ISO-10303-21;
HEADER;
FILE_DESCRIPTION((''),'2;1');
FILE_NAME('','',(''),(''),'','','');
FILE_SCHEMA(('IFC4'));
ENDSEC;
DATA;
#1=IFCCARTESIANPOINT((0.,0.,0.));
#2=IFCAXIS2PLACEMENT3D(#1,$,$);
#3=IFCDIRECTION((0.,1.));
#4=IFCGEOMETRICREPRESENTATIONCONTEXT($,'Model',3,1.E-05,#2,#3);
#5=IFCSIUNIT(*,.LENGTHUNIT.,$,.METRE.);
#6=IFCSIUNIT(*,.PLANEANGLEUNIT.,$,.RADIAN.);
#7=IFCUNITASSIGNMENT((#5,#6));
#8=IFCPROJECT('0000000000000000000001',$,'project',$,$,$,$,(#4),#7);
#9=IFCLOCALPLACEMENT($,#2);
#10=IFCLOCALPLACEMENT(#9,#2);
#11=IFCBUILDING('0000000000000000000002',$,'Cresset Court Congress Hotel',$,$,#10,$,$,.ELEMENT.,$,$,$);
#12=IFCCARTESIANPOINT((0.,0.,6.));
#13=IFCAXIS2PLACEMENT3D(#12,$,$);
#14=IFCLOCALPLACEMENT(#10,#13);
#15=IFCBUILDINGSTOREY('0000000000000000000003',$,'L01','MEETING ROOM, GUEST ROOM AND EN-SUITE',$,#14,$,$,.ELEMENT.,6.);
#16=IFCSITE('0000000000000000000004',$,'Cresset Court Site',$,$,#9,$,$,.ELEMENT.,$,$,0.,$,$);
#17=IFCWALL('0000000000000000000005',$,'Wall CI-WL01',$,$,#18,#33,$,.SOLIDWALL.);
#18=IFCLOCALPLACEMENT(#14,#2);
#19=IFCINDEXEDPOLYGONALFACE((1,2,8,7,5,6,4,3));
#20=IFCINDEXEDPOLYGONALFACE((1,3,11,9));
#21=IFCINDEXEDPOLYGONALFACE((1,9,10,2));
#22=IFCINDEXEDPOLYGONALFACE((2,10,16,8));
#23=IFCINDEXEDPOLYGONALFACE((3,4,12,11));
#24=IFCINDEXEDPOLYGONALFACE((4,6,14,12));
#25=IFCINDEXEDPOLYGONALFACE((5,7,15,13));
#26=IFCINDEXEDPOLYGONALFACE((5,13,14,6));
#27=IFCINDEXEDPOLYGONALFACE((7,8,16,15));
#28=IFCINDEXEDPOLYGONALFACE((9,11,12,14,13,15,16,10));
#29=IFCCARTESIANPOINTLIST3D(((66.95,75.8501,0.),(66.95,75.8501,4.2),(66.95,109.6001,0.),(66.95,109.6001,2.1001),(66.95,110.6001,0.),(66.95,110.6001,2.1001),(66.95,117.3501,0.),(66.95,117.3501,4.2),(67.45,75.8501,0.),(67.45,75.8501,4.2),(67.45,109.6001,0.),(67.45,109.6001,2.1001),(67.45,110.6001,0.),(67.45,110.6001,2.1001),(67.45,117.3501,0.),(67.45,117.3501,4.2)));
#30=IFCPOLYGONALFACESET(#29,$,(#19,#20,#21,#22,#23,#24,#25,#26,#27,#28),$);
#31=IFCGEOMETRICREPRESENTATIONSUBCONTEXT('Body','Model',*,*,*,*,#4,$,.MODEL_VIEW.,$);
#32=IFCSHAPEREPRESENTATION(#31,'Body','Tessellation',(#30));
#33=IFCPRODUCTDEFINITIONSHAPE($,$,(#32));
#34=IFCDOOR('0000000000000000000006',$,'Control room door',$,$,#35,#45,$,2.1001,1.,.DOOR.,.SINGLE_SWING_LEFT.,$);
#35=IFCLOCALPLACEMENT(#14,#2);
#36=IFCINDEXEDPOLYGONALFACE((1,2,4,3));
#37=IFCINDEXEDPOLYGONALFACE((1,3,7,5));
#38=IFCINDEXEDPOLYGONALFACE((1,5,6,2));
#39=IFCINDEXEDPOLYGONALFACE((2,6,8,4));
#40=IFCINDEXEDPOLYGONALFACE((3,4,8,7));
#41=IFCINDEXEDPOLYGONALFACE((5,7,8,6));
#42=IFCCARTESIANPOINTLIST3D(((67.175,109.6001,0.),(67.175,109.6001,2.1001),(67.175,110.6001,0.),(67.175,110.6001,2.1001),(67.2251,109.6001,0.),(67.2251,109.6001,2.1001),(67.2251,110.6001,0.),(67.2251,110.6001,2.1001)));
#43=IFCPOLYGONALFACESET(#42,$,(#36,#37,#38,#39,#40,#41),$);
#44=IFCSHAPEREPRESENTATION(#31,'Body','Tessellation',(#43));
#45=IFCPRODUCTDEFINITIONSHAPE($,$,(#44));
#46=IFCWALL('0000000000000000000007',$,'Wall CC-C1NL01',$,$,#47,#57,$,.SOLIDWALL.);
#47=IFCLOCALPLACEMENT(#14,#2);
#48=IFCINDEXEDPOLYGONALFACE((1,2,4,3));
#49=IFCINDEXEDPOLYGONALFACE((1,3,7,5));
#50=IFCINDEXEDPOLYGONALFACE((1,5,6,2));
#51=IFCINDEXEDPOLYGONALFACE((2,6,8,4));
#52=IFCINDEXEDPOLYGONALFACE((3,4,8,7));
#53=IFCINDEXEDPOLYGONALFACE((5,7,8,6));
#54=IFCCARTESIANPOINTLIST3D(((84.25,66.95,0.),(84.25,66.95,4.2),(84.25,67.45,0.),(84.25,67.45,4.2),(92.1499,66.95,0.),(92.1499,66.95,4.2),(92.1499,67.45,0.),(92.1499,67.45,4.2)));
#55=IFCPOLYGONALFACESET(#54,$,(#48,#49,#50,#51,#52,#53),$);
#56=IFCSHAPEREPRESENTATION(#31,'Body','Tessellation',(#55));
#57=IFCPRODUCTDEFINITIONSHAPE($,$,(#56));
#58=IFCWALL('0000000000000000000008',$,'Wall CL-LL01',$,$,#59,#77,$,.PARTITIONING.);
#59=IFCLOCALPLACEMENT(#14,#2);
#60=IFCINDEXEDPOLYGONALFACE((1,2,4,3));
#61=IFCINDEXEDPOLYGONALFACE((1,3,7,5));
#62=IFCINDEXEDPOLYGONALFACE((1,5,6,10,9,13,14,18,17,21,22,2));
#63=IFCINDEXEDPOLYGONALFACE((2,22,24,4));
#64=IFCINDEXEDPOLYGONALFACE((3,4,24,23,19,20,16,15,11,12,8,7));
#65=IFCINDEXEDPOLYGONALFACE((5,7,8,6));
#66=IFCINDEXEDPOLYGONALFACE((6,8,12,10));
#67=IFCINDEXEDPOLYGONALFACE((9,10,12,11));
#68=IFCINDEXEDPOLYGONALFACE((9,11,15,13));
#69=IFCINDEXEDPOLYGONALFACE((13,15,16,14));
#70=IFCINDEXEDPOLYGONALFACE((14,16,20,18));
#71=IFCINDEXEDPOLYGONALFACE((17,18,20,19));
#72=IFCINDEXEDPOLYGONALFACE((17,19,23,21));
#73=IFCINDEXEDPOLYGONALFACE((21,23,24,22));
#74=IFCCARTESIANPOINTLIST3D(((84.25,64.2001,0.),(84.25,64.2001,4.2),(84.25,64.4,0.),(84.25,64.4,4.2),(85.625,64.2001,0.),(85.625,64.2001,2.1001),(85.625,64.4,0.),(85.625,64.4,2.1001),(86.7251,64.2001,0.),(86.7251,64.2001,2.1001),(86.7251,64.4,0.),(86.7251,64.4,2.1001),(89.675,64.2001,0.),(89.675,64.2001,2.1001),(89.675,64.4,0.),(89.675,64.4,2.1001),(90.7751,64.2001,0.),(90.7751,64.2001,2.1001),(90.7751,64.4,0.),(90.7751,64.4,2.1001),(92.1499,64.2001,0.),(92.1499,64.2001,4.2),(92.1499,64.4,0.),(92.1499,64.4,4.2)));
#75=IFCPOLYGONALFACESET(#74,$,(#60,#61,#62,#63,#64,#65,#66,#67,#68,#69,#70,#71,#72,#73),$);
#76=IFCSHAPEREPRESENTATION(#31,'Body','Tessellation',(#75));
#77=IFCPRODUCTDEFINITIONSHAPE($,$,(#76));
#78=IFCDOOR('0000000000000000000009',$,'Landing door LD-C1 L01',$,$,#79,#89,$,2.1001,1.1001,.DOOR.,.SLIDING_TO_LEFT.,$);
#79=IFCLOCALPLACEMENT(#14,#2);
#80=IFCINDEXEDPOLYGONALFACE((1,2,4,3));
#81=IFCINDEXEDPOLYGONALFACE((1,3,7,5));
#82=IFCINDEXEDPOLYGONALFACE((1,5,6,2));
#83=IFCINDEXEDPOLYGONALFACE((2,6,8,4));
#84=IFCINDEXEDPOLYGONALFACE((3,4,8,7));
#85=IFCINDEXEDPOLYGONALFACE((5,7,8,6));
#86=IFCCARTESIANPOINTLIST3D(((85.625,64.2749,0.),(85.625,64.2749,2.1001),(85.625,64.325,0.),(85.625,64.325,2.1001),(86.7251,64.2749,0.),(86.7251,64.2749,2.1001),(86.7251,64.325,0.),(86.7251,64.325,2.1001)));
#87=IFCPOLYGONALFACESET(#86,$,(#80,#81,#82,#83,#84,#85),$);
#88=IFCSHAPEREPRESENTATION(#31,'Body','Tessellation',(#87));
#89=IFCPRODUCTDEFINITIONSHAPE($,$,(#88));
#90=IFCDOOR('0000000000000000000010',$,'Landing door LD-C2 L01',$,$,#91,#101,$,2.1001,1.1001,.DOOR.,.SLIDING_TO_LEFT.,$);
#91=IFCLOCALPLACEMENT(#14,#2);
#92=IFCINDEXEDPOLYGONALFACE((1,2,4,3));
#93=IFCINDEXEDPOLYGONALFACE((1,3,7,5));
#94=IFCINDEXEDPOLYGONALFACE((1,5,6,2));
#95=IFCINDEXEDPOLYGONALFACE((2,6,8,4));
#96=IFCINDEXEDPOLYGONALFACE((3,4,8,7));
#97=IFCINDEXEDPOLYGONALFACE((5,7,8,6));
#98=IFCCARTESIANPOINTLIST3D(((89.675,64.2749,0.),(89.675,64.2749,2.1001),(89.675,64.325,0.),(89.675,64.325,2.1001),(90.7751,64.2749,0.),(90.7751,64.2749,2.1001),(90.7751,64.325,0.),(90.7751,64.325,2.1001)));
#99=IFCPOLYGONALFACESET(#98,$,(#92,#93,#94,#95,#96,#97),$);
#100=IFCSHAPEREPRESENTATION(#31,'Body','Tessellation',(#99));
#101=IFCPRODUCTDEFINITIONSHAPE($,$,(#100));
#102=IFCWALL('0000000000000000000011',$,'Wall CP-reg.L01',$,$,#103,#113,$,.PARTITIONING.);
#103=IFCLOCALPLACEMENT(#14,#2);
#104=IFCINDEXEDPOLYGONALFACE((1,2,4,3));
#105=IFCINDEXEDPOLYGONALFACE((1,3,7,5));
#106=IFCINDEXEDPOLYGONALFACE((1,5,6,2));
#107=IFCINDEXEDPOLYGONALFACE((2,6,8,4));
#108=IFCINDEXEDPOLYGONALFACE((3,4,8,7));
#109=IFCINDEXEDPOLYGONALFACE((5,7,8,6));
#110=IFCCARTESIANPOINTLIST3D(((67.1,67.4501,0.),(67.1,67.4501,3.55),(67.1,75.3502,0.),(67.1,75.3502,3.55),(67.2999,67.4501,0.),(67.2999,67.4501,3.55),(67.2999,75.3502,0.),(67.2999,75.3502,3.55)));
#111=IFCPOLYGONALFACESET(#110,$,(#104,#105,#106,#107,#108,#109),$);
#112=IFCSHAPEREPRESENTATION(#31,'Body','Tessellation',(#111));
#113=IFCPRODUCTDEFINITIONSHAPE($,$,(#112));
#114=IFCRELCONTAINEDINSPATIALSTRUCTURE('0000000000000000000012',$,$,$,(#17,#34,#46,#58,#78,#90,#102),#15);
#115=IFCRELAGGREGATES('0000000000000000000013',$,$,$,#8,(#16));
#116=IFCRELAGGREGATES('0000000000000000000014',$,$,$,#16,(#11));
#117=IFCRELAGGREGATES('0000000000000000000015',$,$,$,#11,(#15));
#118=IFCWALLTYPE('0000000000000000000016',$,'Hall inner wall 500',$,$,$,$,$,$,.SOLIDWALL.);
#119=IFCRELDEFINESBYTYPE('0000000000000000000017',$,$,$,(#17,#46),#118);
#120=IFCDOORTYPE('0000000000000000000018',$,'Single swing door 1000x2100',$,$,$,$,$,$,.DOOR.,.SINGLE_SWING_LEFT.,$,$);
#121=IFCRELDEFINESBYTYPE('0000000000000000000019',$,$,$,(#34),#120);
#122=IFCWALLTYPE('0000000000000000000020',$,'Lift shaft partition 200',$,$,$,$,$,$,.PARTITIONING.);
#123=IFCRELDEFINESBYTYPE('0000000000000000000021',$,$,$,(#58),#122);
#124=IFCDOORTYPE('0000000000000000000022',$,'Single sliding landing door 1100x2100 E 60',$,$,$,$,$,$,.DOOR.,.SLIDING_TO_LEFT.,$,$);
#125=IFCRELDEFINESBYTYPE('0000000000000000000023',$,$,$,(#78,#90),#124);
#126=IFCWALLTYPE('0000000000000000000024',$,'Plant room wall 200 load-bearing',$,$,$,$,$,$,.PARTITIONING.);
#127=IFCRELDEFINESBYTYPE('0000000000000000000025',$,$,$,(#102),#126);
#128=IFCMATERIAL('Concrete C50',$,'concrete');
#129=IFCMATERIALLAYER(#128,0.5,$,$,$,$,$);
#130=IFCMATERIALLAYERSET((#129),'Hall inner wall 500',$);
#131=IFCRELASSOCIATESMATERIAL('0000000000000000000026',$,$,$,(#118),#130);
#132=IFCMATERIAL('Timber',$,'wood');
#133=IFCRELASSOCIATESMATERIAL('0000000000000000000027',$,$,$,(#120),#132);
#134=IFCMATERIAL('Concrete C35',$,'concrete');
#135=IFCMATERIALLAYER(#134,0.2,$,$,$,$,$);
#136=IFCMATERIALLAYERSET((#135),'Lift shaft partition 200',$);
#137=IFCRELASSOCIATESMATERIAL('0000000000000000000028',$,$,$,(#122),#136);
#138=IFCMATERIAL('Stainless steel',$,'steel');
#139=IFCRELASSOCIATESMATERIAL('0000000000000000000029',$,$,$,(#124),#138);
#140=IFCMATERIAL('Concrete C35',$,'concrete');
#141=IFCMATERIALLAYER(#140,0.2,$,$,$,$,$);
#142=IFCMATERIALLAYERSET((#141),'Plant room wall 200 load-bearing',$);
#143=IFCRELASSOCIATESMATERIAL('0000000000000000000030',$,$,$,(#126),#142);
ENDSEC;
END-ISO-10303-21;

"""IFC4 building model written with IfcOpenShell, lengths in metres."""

from ifc_helpers import new_model, si_unit, direction, frame, frame_2d, origin, place, context, subcontext, project, spatial, rectangle, extrude, material, layer, layer_set, type_object, element, fill, save


model = new_model("IFC4")

# Units and contexts
model_context = context("Model", 3, precision=1e-05, world=origin(), true_north=direction((0.0, 1.0)))
body_context = subcontext(model_context, "Body", "Model", "MODEL_VIEW")
ifc_project = project(units=[si_unit("LENGTHUNIT", "METRE"), si_unit("PLANEANGLEUNIT", "RADIAN")], contexts=[model_context])

# Site, building, storey
site_placement = place(None, origin())
site = spatial("IfcSite", under=ifc_project, at=site_placement, Name="Cresset Court Site", CompositionType="ELEMENT", RefElevation=0.0)
building_placement = place(site_placement, origin())
building = spatial("IfcBuilding", under=site, at=building_placement, Name="Cresset Court Congress Hotel", CompositionType="ELEMENT")
storey_placement = place(building_placement, frame((0.0, 0.0, 6.0)))
storey = spatial("IfcBuildingStorey", under=building, at=storey_placement, Name="L01", Description="MEETING ROOM, GUEST ROOM AND EN-SUITE", CompositionType="ELEMENT", Elevation=6.0)

# Wall, opening, door
ifc_material_1 = material(Name="Concrete C50", Category="concrete")
ifc_layer_1 = layer(ifc_material_1, 0.5)
ifc_layer_set_1 = layer_set([ifc_layer_1], Name="Hall inner wall 500")
wall_type_1 = type_object("IfcWallType", Name="Hall inner wall 500", PredefinedType="SOLIDWALL", material=ifc_layer_set_1)
wall_1_placement = place(storey_placement, frame((67.2, 75.8501, 0.0), z_axis=(0.0, 0.0, 1.0), x_axis=(0.0, 1.0, 0.0)))
wall_1 = element("IfcWall", 1, at=wall_1_placement, inside=storey, type_object=wall_type_1, Name="Wall CI-WL01", PredefinedType="SOLIDWALL", context=body_context, shape_type="SweptSolid", body=[
    extrude(rectangle(XDim=41.5, YDim=0.5, at=frame_2d((20.75, 0.0))), origin(), (0.0, 0.0, 1.0), 4.2),
])
opening_1_placement = place(wall_1_placement, frame((33.75, 0.0, 0.0)))
opening_1 = element("IfcOpeningElement", 2, at=opening_1_placement, cuts=wall_1, PredefinedType="OPENING", context=body_context, shape_type="SweptSolid", body=[
    extrude(rectangle(XDim=1.0, YDim=2.1001, at=frame_2d((0.5, 1.05))), frame((0.0, 0.26, 0.0), z_axis=(0.0, -1.0, 0.0), x_axis=(1.0, 0.0, 0.0)), (0.0, 0.0, 1.0), 0.52),
])
ifc_material_2 = material(Name="Timber", Category="wood")
door_type_1 = type_object("IfcDoorType", Name="Single swing door 1000x2100", OperationType="SINGLE_SWING_LEFT", PredefinedType="DOOR", material=ifc_material_2)
door_1_placement = place(opening_1_placement, origin())
door_1 = element("IfcDoor", 3, at=door_1_placement, inside=storey, type_object=door_type_1, Name="Control room door", OperationType="SINGLE_SWING_LEFT", OverallHeight=2.1001, OverallWidth=1.0, PredefinedType="DOOR", context=body_context, shape_type="SweptSolid", body=[
    extrude(rectangle(XDim=1.0, YDim=2.1001, at=frame_2d((0.5, 1.05))), frame((0.0, 0.0249, 0.0), z_axis=(0.0, -1.0, 0.0), x_axis=(1.0, 0.0, 0.0)), (0.0, 0.0, 1.0), 0.05),
])
fill(opening_1, door_1)

# Wall
wall_2_placement = place(storey_placement, frame((84.25, 67.2, 0.0), z_axis=(0.0, 0.0, 1.0), x_axis=(1.0, 0.0, 0.0)))
element("IfcWall", 4, at=wall_2_placement, inside=storey, type_object=wall_type_1, Name="Wall CC-C1NL01", PredefinedType="SOLIDWALL", context=body_context, shape_type="SweptSolid", body=[
    extrude(rectangle(XDim=7.8999, YDim=0.5, at=frame_2d((3.95, 0.0))), origin(), (0.0, 0.0, 1.0), 4.2),
])

# Wall, openings, doors
ifc_material_3 = material(Name="Concrete C35", Category="concrete")
ifc_layer_2 = layer(ifc_material_3, 0.2)
ifc_layer_set_2 = layer_set([ifc_layer_2], Name="Lift shaft partition 200")
wall_type_2 = type_object("IfcWallType", Name="Lift shaft partition 200", PredefinedType="PARTITIONING", material=ifc_layer_set_2)
wall_3_placement = place(storey_placement, frame((84.25, 64.3, 0.0), z_axis=(0.0, 0.0, 1.0), x_axis=(1.0, 0.0, 0.0)))
wall_3 = element("IfcWall", 5, at=wall_3_placement, inside=storey, type_object=wall_type_2, Name="Wall CL-LL01", PredefinedType="PARTITIONING", context=body_context, shape_type="SweptSolid", body=[
    extrude(rectangle(XDim=7.8999, YDim=0.2, at=frame_2d((3.95, 0.0))), origin(), (0.0, 0.0, 1.0), 4.2),
])
opening_2_placement = place(wall_3_placement, frame((1.375, 0.0, 0.0)))
opening_2 = element("IfcOpeningElement", 6, at=opening_2_placement, cuts=wall_3, PredefinedType="OPENING", context=body_context, shape_type="SweptSolid", body=[
    extrude(rectangle(XDim=1.1001, YDim=2.1001, at=frame_2d((0.55, 1.05))), frame((0.0, 0.1099, 0.0), z_axis=(0.0, -1.0, 0.0), x_axis=(1.0, 0.0, 0.0)), (0.0, 0.0, 1.0), 0.22),
])
opening_3_placement = place(wall_3_placement, frame((5.425, 0.0, 0.0)))
opening_3 = element("IfcOpeningElement", 7, at=opening_3_placement, cuts=wall_3, PredefinedType="OPENING", context=body_context, shape_type="SweptSolid", body=[
    extrude(rectangle(XDim=1.1001, YDim=2.1001, at=frame_2d((0.55, 1.05))), frame((0.0, 0.1099, 0.0), z_axis=(0.0, -1.0, 0.0), x_axis=(1.0, 0.0, 0.0)), (0.0, 0.0, 1.0), 0.22),
])
ifc_material_4 = material(Name="Stainless steel", Category="steel")
door_type_2 = type_object("IfcDoorType", Name="Single sliding landing door 1100x2100 E 60", OperationType="SLIDING_TO_LEFT", PredefinedType="DOOR", material=ifc_material_4)
door_2_placement = place(opening_2_placement, origin())
door_2 = element("IfcDoor", 8, at=door_2_placement, inside=storey, type_object=door_type_2, Name="Landing door LD-C1 L01", OperationType="SLIDING_TO_LEFT", OverallHeight=2.1001, OverallWidth=1.1001, PredefinedType="DOOR", context=body_context, shape_type="SweptSolid", body=[
    extrude(rectangle(XDim=1.1001, YDim=2.1001, at=frame_2d((0.55, 1.05))), frame((0.0, 0.0249, 0.0), z_axis=(0.0, -1.0, 0.0), x_axis=(1.0, 0.0, 0.0)), (0.0, 0.0, 1.0), 0.05),
])
fill(opening_2, door_2)
door_3_placement = place(opening_3_placement, origin())
door_3 = element("IfcDoor", 9, at=door_3_placement, inside=storey, type_object=door_type_2, Name="Landing door LD-C2 L01", OperationType="SLIDING_TO_LEFT", OverallHeight=2.1001, OverallWidth=1.1001, PredefinedType="DOOR", context=body_context, shape_type="SweptSolid", body=[
    extrude(rectangle(XDim=1.1001, YDim=2.1001, at=frame_2d((0.55, 1.05))), frame((0.0, 0.0249, 0.0), z_axis=(0.0, -1.0, 0.0), x_axis=(1.0, 0.0, 0.0)), (0.0, 0.0, 1.0), 0.05),
])
fill(opening_3, door_3)

# Wall
ifc_material_5 = material(Name="Concrete C35", Category="concrete")
ifc_layer_3 = layer(ifc_material_5, 0.2)
ifc_layer_set_3 = layer_set([ifc_layer_3], Name="Plant room wall 200 load-bearing")
wall_type_3 = type_object("IfcWallType", Name="Plant room wall 200 load-bearing", PredefinedType="PARTITIONING", material=ifc_layer_set_3)
wall_4_placement = place(storey_placement, frame((67.2, 67.45, 0.0), z_axis=(0.0, 0.0, 1.0), x_axis=(0.0, 1.0, 0.0)))
element("IfcWall", 10, at=wall_4_placement, inside=storey, type_object=wall_type_3, Name="Wall CP-reg.L01", PredefinedType="PARTITIONING", context=body_context, shape_type="SweptSolid", body=[
    extrude(rectangle(XDim=7.9001, YDim=0.2, at=frame_2d((3.9502, 0.0))), origin(), (0.0, 0.0, 1.0), 3.55),
])

save(model, "model.ifc")
